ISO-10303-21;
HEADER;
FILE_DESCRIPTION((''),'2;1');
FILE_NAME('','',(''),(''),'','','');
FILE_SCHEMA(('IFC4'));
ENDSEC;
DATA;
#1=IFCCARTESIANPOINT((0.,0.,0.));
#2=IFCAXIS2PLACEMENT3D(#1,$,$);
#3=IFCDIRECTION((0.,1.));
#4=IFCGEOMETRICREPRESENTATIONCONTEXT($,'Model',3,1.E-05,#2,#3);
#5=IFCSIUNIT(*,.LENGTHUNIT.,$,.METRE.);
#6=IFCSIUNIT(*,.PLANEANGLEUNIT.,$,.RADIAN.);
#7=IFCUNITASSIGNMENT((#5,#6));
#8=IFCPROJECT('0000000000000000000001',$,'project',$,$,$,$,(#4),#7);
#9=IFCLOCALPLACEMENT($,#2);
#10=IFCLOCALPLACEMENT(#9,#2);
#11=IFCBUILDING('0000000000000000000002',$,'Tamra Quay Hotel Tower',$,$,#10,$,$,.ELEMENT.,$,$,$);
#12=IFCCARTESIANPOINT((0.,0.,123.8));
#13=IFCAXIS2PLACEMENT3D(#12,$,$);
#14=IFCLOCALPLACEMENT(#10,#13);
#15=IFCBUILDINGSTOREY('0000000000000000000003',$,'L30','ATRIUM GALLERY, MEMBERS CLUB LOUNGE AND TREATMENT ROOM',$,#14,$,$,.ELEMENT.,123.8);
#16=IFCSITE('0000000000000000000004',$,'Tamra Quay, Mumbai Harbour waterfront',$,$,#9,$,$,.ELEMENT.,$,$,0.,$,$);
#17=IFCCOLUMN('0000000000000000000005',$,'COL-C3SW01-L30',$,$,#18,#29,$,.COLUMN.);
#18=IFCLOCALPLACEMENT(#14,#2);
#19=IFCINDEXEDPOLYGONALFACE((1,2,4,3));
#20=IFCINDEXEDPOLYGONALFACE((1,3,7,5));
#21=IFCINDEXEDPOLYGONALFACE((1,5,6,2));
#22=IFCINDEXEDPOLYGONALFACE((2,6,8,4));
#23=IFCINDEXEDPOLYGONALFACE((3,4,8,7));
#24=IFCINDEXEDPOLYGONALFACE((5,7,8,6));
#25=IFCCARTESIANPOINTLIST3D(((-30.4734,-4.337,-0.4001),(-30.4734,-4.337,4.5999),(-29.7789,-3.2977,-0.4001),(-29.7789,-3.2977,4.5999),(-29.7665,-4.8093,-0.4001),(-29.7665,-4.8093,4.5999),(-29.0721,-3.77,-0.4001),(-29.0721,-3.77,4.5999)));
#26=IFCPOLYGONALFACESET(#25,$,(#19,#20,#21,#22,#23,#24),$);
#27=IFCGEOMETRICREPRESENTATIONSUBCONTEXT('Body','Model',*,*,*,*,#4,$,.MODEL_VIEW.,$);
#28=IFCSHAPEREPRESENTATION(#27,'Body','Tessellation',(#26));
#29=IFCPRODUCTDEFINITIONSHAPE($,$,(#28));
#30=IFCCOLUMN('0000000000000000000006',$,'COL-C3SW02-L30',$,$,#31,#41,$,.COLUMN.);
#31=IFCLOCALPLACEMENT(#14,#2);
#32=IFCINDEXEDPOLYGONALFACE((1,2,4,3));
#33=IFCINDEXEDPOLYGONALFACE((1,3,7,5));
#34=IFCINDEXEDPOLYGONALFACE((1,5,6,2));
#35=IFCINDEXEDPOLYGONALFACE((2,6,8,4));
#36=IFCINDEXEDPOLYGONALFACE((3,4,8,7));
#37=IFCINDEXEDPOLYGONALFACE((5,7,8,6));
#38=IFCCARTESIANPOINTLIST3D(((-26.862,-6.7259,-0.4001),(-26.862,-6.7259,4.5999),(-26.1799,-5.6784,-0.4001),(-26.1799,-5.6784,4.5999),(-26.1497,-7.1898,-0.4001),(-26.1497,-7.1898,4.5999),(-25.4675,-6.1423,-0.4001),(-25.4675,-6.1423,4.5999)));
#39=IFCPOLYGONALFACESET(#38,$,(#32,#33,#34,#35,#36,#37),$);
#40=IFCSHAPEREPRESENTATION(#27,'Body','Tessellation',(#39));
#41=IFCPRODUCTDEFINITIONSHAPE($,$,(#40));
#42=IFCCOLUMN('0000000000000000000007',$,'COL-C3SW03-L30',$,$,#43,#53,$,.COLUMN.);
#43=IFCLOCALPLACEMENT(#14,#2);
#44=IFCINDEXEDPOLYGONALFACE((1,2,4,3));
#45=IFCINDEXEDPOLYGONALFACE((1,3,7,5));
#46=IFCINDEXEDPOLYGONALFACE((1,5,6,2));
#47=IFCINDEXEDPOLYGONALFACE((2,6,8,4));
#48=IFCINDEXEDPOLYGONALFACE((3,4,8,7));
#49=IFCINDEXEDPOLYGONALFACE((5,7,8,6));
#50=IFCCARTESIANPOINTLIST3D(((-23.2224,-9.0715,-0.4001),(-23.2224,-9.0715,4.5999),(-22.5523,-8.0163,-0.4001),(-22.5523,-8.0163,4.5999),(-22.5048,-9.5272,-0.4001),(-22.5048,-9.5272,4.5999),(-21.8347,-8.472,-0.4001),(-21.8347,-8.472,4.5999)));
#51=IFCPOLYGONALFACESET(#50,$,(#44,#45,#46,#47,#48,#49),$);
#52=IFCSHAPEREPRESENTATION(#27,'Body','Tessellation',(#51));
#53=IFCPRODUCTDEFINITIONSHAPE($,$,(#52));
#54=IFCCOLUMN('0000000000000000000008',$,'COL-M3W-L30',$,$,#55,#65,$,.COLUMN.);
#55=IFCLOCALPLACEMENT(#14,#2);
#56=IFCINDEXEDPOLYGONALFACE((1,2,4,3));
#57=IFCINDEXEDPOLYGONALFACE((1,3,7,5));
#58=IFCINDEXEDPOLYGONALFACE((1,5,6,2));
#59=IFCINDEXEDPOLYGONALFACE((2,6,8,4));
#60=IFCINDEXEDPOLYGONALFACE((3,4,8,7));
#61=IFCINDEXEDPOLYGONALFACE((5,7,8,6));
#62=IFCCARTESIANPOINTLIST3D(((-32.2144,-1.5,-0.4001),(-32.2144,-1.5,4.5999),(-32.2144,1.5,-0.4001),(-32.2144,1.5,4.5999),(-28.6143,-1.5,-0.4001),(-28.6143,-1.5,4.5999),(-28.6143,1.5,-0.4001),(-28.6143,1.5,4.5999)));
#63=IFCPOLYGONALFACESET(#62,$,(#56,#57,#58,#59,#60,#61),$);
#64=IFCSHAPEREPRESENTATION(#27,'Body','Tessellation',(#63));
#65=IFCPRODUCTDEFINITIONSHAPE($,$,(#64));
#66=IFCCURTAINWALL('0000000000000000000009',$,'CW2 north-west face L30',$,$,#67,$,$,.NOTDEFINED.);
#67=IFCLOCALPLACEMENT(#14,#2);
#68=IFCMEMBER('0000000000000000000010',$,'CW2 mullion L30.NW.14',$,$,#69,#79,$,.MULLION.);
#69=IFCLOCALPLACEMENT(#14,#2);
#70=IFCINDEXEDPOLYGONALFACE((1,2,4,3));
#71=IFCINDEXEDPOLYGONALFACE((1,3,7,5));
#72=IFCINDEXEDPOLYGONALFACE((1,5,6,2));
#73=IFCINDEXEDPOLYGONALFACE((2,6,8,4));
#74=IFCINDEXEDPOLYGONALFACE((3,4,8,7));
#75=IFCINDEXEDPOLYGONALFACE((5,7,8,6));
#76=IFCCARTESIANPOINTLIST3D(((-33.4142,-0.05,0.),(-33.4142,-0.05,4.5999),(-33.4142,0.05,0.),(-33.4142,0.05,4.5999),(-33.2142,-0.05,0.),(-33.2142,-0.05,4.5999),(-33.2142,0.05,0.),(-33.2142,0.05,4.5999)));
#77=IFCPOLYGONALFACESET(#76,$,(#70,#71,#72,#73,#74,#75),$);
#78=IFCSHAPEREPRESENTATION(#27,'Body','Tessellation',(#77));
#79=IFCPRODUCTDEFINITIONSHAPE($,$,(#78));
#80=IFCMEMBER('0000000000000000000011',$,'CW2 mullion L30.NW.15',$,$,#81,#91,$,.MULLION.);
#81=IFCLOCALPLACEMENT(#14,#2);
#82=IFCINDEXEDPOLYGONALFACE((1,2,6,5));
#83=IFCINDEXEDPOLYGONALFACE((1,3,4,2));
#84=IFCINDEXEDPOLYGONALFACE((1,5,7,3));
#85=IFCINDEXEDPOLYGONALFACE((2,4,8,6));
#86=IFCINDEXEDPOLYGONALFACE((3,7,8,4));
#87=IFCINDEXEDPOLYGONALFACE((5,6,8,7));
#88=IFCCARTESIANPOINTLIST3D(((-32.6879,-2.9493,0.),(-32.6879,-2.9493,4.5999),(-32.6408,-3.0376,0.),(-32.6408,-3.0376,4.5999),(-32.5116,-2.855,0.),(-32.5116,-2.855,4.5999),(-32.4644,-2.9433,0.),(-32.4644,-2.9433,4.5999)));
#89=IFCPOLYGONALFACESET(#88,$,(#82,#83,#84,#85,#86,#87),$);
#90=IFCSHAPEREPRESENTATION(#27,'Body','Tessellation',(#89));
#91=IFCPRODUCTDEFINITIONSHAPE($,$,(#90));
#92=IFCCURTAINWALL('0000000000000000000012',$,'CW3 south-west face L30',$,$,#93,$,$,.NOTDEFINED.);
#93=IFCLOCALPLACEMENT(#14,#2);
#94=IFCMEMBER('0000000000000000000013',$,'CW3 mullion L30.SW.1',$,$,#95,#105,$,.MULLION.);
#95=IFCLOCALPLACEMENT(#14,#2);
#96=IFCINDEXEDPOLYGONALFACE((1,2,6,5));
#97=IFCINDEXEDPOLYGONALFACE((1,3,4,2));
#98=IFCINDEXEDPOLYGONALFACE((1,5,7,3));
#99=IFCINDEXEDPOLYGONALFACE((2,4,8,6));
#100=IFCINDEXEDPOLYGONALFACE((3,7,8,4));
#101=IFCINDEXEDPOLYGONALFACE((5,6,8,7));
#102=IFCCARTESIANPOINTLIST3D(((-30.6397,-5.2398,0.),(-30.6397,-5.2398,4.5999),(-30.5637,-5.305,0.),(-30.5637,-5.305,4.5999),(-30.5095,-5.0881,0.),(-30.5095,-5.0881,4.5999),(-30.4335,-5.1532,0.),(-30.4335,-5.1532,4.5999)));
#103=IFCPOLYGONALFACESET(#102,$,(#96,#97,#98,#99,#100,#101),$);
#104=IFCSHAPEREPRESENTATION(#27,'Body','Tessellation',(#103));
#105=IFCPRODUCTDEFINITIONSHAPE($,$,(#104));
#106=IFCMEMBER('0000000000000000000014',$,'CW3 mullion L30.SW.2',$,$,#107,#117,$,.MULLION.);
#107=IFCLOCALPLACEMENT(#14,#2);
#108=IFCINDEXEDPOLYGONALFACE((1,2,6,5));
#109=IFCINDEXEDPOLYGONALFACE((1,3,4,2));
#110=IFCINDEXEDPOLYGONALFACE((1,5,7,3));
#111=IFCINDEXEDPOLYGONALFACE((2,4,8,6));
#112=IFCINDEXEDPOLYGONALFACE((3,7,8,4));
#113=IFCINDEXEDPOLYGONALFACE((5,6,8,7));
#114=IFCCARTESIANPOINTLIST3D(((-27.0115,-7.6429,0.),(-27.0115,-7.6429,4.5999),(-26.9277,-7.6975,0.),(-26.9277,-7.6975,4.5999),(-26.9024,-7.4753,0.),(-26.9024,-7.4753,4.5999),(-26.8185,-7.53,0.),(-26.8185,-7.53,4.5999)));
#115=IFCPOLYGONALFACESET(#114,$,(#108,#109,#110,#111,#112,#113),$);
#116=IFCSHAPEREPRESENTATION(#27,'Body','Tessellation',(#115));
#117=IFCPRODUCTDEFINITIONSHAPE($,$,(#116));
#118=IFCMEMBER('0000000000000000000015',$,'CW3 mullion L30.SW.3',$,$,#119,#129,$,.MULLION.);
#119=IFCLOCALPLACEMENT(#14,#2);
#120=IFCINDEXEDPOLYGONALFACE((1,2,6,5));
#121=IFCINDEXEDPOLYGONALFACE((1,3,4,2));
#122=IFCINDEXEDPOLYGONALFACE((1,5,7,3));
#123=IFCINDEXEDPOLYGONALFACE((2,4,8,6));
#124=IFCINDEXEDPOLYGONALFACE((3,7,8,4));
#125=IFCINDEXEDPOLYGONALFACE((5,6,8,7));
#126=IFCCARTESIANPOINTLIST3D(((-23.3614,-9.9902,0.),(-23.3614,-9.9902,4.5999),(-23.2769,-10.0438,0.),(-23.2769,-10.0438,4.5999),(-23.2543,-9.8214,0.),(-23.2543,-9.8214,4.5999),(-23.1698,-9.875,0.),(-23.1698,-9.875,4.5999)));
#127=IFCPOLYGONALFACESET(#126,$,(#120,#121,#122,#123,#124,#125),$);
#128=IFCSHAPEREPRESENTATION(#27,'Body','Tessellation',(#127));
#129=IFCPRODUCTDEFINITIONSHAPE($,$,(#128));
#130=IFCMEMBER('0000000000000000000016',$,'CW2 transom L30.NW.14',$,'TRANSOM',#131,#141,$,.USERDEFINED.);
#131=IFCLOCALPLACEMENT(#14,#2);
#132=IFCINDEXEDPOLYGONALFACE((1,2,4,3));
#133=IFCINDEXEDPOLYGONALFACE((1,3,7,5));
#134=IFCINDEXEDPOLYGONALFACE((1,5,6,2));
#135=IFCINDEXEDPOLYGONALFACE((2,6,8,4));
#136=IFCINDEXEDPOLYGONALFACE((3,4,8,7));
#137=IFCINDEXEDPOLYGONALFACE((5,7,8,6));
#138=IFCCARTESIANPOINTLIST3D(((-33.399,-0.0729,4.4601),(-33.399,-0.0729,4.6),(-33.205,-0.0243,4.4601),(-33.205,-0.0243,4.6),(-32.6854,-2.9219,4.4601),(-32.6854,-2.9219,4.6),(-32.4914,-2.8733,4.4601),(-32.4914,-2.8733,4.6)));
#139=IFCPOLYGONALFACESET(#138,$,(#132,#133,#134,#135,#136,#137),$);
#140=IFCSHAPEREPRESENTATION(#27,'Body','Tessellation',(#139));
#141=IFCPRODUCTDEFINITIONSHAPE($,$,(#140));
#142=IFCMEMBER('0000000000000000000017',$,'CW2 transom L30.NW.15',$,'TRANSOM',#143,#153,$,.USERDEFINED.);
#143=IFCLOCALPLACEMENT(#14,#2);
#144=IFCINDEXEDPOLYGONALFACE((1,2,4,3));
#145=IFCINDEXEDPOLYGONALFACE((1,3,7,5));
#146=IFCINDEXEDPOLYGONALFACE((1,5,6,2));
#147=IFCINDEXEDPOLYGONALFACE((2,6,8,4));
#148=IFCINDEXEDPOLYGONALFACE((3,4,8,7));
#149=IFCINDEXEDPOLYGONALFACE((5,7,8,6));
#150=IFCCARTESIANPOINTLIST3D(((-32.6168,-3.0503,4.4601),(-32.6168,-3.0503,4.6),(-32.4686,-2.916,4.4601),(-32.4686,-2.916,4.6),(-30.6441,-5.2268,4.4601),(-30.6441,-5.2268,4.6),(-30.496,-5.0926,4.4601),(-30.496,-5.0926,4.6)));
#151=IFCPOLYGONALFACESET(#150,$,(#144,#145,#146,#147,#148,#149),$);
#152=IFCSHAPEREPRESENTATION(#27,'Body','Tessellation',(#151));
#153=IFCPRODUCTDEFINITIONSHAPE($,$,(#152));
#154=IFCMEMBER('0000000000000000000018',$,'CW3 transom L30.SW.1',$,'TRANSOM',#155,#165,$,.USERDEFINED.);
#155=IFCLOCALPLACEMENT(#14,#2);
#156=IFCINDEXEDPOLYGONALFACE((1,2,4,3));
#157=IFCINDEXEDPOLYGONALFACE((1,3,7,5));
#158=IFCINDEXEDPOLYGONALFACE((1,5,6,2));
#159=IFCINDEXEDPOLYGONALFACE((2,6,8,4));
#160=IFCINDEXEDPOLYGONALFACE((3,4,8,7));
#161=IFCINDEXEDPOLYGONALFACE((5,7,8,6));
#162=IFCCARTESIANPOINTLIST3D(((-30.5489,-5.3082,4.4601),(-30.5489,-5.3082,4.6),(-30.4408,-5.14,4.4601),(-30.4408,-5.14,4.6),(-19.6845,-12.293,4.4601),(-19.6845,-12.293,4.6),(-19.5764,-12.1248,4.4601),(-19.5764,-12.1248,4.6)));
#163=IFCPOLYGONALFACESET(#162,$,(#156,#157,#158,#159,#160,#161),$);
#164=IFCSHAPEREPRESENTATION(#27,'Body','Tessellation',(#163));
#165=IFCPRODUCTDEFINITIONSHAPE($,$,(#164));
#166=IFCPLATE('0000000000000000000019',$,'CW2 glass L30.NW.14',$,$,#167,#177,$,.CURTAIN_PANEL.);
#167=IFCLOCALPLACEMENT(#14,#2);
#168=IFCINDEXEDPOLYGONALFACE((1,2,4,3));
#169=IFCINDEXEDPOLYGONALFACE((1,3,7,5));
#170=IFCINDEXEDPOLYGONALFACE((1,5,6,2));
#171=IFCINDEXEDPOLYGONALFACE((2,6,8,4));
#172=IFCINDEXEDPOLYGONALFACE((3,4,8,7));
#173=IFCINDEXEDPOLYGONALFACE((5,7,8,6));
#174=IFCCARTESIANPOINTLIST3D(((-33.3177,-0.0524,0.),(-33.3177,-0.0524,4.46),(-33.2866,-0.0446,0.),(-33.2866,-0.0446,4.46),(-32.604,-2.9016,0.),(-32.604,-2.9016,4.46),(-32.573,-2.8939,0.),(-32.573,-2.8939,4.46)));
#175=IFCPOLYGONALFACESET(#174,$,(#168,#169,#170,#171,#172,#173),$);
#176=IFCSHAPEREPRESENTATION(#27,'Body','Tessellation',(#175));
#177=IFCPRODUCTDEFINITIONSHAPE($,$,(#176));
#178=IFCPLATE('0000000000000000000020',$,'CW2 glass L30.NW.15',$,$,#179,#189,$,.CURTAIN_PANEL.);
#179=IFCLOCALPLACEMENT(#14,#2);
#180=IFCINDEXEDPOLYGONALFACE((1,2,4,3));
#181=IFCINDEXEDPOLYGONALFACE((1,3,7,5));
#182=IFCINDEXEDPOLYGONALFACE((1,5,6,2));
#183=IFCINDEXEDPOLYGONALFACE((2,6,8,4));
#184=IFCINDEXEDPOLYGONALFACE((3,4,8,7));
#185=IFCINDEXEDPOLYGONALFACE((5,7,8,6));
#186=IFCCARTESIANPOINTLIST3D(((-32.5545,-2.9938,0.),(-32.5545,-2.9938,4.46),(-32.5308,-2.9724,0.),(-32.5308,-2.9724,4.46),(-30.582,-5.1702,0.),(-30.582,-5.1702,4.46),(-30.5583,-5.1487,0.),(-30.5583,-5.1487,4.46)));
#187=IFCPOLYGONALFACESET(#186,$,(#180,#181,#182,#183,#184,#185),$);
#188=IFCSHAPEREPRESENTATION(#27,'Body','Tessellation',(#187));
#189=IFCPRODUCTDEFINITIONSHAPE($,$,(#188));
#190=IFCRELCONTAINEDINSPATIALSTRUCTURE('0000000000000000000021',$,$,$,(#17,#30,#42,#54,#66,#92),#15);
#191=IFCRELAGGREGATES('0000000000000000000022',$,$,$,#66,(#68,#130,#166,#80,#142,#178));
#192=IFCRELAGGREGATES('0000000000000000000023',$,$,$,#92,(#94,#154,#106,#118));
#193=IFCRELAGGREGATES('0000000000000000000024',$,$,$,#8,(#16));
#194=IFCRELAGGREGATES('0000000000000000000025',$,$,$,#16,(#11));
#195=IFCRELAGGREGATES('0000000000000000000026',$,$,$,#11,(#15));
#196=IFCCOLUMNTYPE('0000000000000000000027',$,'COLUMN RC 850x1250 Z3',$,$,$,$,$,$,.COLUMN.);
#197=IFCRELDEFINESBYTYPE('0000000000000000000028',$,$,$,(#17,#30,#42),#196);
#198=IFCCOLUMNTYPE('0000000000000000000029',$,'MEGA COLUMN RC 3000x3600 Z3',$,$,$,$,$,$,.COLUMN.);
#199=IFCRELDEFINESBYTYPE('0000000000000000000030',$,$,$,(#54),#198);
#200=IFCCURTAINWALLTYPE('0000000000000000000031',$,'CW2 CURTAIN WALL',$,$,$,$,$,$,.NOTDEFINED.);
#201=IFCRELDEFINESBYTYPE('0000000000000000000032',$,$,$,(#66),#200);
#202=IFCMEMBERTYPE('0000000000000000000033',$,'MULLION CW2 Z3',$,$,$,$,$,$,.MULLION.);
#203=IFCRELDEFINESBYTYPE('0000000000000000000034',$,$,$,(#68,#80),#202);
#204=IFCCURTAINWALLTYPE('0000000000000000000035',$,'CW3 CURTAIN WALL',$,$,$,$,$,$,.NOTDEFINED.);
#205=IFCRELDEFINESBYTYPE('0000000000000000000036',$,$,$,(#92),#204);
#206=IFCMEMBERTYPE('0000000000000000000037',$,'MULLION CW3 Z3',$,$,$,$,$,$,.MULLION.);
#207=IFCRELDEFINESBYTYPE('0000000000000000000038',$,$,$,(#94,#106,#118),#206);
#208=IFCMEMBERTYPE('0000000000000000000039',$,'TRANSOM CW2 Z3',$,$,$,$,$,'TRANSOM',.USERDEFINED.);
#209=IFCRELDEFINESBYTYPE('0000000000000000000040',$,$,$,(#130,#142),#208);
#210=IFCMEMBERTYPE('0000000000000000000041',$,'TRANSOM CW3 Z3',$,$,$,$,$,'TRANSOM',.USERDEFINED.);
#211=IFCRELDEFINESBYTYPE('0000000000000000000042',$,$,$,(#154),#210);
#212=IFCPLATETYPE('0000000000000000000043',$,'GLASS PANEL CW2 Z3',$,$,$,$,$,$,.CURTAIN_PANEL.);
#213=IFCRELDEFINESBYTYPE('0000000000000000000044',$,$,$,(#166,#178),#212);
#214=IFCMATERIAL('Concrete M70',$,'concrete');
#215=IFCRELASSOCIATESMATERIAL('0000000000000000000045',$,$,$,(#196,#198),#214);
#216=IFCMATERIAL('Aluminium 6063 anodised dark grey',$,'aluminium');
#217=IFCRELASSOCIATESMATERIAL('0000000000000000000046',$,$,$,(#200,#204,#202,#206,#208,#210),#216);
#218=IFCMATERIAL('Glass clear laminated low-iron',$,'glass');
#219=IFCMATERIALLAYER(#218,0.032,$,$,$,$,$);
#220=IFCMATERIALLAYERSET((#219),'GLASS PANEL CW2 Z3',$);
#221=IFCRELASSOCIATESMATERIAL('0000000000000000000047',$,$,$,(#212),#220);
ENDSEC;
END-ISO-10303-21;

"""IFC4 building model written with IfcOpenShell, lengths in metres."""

from ifc_helpers import new_model, si_unit, direction, frame, origin, origin_2d, place, context, subcontext, project, spatial, rectangle, extrude, material, layer, layer_set, material_profile, profile_set, type_object, element, aggregate, save


model = new_model("IFC4")

# Units and contexts
model_context = context("Model", 3, precision=1e-05, world=origin(), true_north=direction((0.0, 1.0)))
body_context = subcontext(model_context, "Body", "Model", "MODEL_VIEW")
ifc_project = project(units=[si_unit("LENGTHUNIT", "METRE"), si_unit("PLANEANGLEUNIT", "RADIAN")], contexts=[model_context])

# Site, building, storey
site_placement = place(None, origin())
site = spatial("IfcSite", under=ifc_project, at=site_placement, Name="Tamra Quay, Mumbai Harbour waterfront", CompositionType="ELEMENT", RefElevation=0.0)
building_placement = place(site_placement, origin())
building = spatial("IfcBuilding", under=site, at=building_placement, Name="Tamra Quay Hotel Tower", CompositionType="ELEMENT")
storey_placement = place(building_placement, frame((0.0, 0.0, 123.8)))
storey = spatial("IfcBuildingStorey", under=building, at=storey_placement, Name="L30", Description="ATRIUM GALLERY, MEMBERS CLUB LOUNGE AND TREATMENT ROOM", CompositionType="ELEMENT", Elevation=123.8)

# Columns
ifc_material_1 = material(Name="Concrete M70", Category="concrete")
ifc_material_profile_1 = material_profile(ifc_material_1, rectangle(XDim=1.25, YDim=0.8501, at=origin_2d()), Name="COLUMN RC 850x1250 Z3")
ifc_profile_set_1 = profile_set([ifc_material_profile_1], Name="Concrete M70")
column_type_1 = type_object("IfcColumnType", Name="COLUMN RC 850x1250 Z3", PredefinedType="COLUMN", material=ifc_profile_set_1)
for number, where, z_axis, x_axis, name in (
    (1, (-29.7727, -4.0535, -0.4001), (0.0, 0.0, 1.0), (0.555583, 0.831461, 0.0), "COL-C3SW01-L30"),
    (2, (-26.1648, -6.4341, -0.4001), (0.0, 0.0, 1.0), (0.545703, 0.837979, 0.0), "COL-C3SW02-L30"),
    (3, (-22.5286, -8.7717, -0.4001), (0.0, 0.0, 1.0), (0.536102, 0.844153, 0.0), "COL-C3SW03-L30"),
):
    element("IfcColumn", number, at=place(storey_placement, frame(where, z_axis=z_axis, x_axis=x_axis)), inside=storey, type_object=column_type_1, Name=name, PredefinedType="COLUMN", context=body_context, shape_type="SweptSolid", body=[
        extrude(rectangle(XDim=1.25, YDim=0.8501, at=origin_2d()), origin(), (0.0, 0.0, 1.0), 5.0),
    ])
ifc_material_profile_2 = material_profile(ifc_material_1, rectangle(XDim=3.6001, YDim=3.0, at=origin_2d()), Name="MEGA COLUMN RC 3000x3600 Z3")
ifc_profile_set_2 = profile_set([ifc_material_profile_2], Name="Concrete M70")
column_type_2 = type_object("IfcColumnType", Name="MEGA COLUMN RC 3000x3600 Z3", PredefinedType="COLUMN", material=ifc_profile_set_2)
column_placement = place(storey_placement, frame((-30.4143, 0.0, -0.4001), z_axis=(0.0, 0.0, 1.0), x_axis=(1.0, 0.0, 0.0)))
element("IfcColumn", 4, at=column_placement, inside=storey, type_object=column_type_2, Name="COL-M3W-L30", PredefinedType="COLUMN", context=body_context, shape_type="SweptSolid", body=[
    extrude(rectangle(XDim=3.6001, YDim=3.0, at=origin_2d()), origin(), (0.0, 0.0, 1.0), 5.0),
])

# Curtain walls, members
ifc_material_2 = material(Name="Aluminium 6063 anodised dark grey", Category="aluminium")
curtain_wall_type_1 = type_object("IfcCurtainWallType", Name="CW2 CURTAIN WALL", PredefinedType="NOTDEFINED", material=ifc_material_2)
curtain_wall_1_placement = place(storey_placement, origin())
curtain_wall_1 = element("IfcCurtainWall", 5, at=curtain_wall_1_placement, inside=storey, type_object=curtain_wall_type_1, Name="CW2 north-west face L30", PredefinedType="NOTDEFINED")
ifc_material_profile_3 = material_profile(ifc_material_2, rectangle(XDim=0.2, YDim=0.1001, at=origin_2d()), Name="MULLION 100X200")
ifc_profile_set_3 = profile_set([ifc_material_profile_3], Name="Aluminium 6063 anodised dark grey")
member_type_1 = type_object("IfcMemberType", Name="MULLION CW2 Z3", PredefinedType="MULLION", material=ifc_profile_set_3)
member_1_placement = place(storey_placement, frame((-33.3142, 0.0, 0.0), z_axis=(0.0, 0.0, 1.0), x_axis=(-1.0, 0.0, 0.0)))
member_1 = element("IfcMember", 6, at=member_1_placement, type_object=member_type_1, Name="CW2 mullion L30.NW.14", PredefinedType="MULLION", context=body_context, shape_type="SweptSolid", body=[
    extrude(rectangle(XDim=0.2, YDim=0.1001, at=origin_2d()), origin(), (0.0, 0.0, 1.0), 4.5999),
])
member_2_placement = place(storey_placement, frame((-32.5762, -2.9463, 0.0), z_axis=(0.0, 0.0, 1.0), x_axis=(-0.881925, -0.471389, 0.0)))
member_2 = element("IfcMember", 7, at=member_2_placement, type_object=member_type_1, Name="CW2 mullion L30.NW.15", PredefinedType="MULLION", context=body_context, shape_type="SweptSolid", body=[
    extrude(rectangle(XDim=0.2, YDim=0.1001, at=origin_2d()), origin(), (0.0, 0.0, 1.0), 4.5999),
])
curtain_wall_type_2 = type_object("IfcCurtainWallType", Name="CW3 CURTAIN WALL", PredefinedType="NOTDEFINED", material=ifc_material_2)
curtain_wall_2_placement = place(storey_placement, origin())
curtain_wall_2 = element("IfcCurtainWall", 8, at=curtain_wall_2_placement, inside=storey, type_object=curtain_wall_type_2, Name="CW3 south-west face L30", PredefinedType="NOTDEFINED")
ifc_material_profile_4 = material_profile(ifc_material_2, rectangle(XDim=0.2, YDim=0.1001, at=origin_2d()), Name="MULLION 100X200")
ifc_profile_set_4 = profile_set([ifc_material_profile_4], Name="Aluminium 6063 anodised dark grey")
member_type_2 = type_object("IfcMemberType", Name="MULLION CW3 Z3", PredefinedType="MULLION", material=ifc_profile_set_4)
member_3_placement = place(storey_placement, frame((-30.5366, -5.1965, 0.0), z_axis=(0.0, 0.0, 1.0), x_axis=(-0.650989, -0.759087, 0.0)))
member_3 = element("IfcMember", 9, at=member_3_placement, type_object=member_type_2, Name="CW3 mullion L30.SW.1", PredefinedType="MULLION", context=body_context, shape_type="SweptSolid", body=[
    extrude(rectangle(XDim=0.2, YDim=0.1001, at=origin_2d()), origin(), (0.0, 0.0, 1.0), 4.5999),
])
member_4_placement = place(storey_placement, frame((-26.915, -7.5864, 0.0), z_axis=(0.0, 0.0, 1.0), x_axis=(-0.54578, -0.837928, 0.0)))
member_4 = element("IfcMember", 10, at=member_4_placement, type_object=member_type_2, Name="CW3 mullion L30.SW.2", PredefinedType="MULLION", context=body_context, shape_type="SweptSolid", body=[
    extrude(rectangle(XDim=0.2, YDim=0.1001, at=origin_2d()), origin(), (0.0, 0.0, 1.0), 4.5999),
])
member_5_placement = place(storey_placement, frame((-23.2656, -9.9326, 0.0), z_axis=(0.0, 0.0, 1.0), x_axis=(-0.53576, -0.84437, 0.0)))
member_5 = element("IfcMember", 11, at=member_5_placement, type_object=member_type_2, Name="CW3 mullion L30.SW.3", PredefinedType="MULLION", context=body_context, shape_type="SweptSolid", body=[
    extrude(rectangle(XDim=0.2, YDim=0.1001, at=origin_2d()), origin(), (0.0, 0.0, 1.0), 4.5999),
])

# Members
ifc_material_profile_5 = material_profile(ifc_material_2, rectangle(XDim=0.2, YDim=0.1399, at=origin_2d()), Name="TRANSOM 200X140")
ifc_profile_set_5 = profile_set([ifc_material_profile_5], Name="Aluminium 6063 anodised dark grey")
member_type_3 = type_object("IfcMemberType", Name="TRANSOM CW2 Z3", ElementType="TRANSOM", PredefinedType="USERDEFINED", material=ifc_profile_set_5)
member_6_placement = place(storey_placement, frame((-33.302, -0.0486, 4.53), z_axis=(0.242966, -0.970035, 0.0), x_axis=(0.970035, 0.242966, 0.0)))
member_6 = element("IfcMember", 12, at=member_6_placement, type_object=member_type_3, Name="CW2 transom L30.NW.14", ObjectType="TRANSOM", PredefinedType="USERDEFINED", context=body_context, shape_type="SweptSolid", body=[
    extrude(rectangle(XDim=0.2, YDim=0.1399, at=origin_2d()), origin(), (0.0, 0.0, 1.0), 2.937),
])
member_7_placement = place(storey_placement, frame((-32.5427, -2.9832, 4.53), z_axis=(0.671555, -0.740955, 0.0), x_axis=(0.740955, 0.671555, 0.0)))
member_7 = element("IfcMember", 13, at=member_7_placement, type_object=member_type_3, Name="CW2 transom L30.NW.15", ObjectType="TRANSOM", PredefinedType="USERDEFINED", context=body_context, shape_type="SweptSolid", body=[
    extrude(rectangle(XDim=0.2, YDim=0.1399, at=origin_2d()), origin(), (0.0, 0.0, 1.0), 2.9375),
])
ifc_material_profile_6 = material_profile(ifc_material_2, rectangle(XDim=0.2, YDim=0.1399, at=origin_2d()), Name="TRANSOM 200X140")
ifc_profile_set_6 = profile_set([ifc_material_profile_6], Name="Aluminium 6063 anodised dark grey")
member_type_4 = type_object("IfcMemberType", Name="TRANSOM CW3 Z3", ElementType="TRANSOM", PredefinedType="USERDEFINED", material=ifc_profile_set_6)
member_8_placement = place(storey_placement, frame((-30.4949, -5.2241, 4.53), z_axis=(0.841159, -0.540787, 0.0), x_axis=(0.540787, 0.841159, 0.0)))
member_8 = element("IfcMember", 14, at=member_8_placement, type_object=member_type_4, Name="CW3 transom L30.SW.1", ObjectType="TRANSOM", PredefinedType="USERDEFINED", context=body_context, shape_type="SweptSolid", body=[
    extrude(rectangle(XDim=0.2, YDim=0.1399, at=origin_2d()), origin(), (0.0, 0.0, 1.0), 12.916),
])

# Plates
ifc_material_3 = material(Name="Glass clear laminated low-iron", Category="glass")
ifc_layer_1 = layer(ifc_material_3, 0.032)
ifc_layer_set_1 = layer_set([ifc_layer_1], Name="GLASS PANEL CW2 Z3")
plate_type_1 = type_object("IfcPlateType", Name="GLASS PANEL CW2 Z3", PredefinedType="CURTAIN_PANEL", material=ifc_layer_set_1)
plate_1_placement = place(storey_placement, frame((-32.9453, -1.4731, 0.0), z_axis=(0.0, 0.0, 1.0), x_axis=(0.242976, -0.970032, 0.0)))
plate_1 = element("IfcPlate", 15, at=plate_1_placement, type_object=plate_type_1, Name="CW2 glass L30.NW.14", PredefinedType="CURTAIN_PANEL", context=body_context, shape_type="SweptSolid", body=[
    extrude(rectangle(XDim=2.9373, YDim=0.032, at=origin_2d()), origin(), (0.0, 0.0, 1.0), 4.46),
])
plate_2_placement = place(storey_placement, frame((-31.5564, -4.0713, 0.0), z_axis=(0.0, 0.0, 1.0), x_axis=(0.67155, -0.740959, 0.0)))
plate_2 = element("IfcPlate", 16, at=plate_2_placement, type_object=plate_type_1, Name="CW2 glass L30.NW.15", PredefinedType="CURTAIN_PANEL", context=body_context, shape_type="SweptSolid", body=[
    extrude(rectangle(XDim=2.9373, YDim=0.032, at=origin_2d()), origin(), (0.0, 0.0, 1.0), 4.46),
])
aggregate(curtain_wall_1, [member_1, member_6, plate_1, member_2, member_7, plate_2])
aggregate(curtain_wall_2, [member_3, member_8, member_4, member_5])

save(model, "model.ifc")
